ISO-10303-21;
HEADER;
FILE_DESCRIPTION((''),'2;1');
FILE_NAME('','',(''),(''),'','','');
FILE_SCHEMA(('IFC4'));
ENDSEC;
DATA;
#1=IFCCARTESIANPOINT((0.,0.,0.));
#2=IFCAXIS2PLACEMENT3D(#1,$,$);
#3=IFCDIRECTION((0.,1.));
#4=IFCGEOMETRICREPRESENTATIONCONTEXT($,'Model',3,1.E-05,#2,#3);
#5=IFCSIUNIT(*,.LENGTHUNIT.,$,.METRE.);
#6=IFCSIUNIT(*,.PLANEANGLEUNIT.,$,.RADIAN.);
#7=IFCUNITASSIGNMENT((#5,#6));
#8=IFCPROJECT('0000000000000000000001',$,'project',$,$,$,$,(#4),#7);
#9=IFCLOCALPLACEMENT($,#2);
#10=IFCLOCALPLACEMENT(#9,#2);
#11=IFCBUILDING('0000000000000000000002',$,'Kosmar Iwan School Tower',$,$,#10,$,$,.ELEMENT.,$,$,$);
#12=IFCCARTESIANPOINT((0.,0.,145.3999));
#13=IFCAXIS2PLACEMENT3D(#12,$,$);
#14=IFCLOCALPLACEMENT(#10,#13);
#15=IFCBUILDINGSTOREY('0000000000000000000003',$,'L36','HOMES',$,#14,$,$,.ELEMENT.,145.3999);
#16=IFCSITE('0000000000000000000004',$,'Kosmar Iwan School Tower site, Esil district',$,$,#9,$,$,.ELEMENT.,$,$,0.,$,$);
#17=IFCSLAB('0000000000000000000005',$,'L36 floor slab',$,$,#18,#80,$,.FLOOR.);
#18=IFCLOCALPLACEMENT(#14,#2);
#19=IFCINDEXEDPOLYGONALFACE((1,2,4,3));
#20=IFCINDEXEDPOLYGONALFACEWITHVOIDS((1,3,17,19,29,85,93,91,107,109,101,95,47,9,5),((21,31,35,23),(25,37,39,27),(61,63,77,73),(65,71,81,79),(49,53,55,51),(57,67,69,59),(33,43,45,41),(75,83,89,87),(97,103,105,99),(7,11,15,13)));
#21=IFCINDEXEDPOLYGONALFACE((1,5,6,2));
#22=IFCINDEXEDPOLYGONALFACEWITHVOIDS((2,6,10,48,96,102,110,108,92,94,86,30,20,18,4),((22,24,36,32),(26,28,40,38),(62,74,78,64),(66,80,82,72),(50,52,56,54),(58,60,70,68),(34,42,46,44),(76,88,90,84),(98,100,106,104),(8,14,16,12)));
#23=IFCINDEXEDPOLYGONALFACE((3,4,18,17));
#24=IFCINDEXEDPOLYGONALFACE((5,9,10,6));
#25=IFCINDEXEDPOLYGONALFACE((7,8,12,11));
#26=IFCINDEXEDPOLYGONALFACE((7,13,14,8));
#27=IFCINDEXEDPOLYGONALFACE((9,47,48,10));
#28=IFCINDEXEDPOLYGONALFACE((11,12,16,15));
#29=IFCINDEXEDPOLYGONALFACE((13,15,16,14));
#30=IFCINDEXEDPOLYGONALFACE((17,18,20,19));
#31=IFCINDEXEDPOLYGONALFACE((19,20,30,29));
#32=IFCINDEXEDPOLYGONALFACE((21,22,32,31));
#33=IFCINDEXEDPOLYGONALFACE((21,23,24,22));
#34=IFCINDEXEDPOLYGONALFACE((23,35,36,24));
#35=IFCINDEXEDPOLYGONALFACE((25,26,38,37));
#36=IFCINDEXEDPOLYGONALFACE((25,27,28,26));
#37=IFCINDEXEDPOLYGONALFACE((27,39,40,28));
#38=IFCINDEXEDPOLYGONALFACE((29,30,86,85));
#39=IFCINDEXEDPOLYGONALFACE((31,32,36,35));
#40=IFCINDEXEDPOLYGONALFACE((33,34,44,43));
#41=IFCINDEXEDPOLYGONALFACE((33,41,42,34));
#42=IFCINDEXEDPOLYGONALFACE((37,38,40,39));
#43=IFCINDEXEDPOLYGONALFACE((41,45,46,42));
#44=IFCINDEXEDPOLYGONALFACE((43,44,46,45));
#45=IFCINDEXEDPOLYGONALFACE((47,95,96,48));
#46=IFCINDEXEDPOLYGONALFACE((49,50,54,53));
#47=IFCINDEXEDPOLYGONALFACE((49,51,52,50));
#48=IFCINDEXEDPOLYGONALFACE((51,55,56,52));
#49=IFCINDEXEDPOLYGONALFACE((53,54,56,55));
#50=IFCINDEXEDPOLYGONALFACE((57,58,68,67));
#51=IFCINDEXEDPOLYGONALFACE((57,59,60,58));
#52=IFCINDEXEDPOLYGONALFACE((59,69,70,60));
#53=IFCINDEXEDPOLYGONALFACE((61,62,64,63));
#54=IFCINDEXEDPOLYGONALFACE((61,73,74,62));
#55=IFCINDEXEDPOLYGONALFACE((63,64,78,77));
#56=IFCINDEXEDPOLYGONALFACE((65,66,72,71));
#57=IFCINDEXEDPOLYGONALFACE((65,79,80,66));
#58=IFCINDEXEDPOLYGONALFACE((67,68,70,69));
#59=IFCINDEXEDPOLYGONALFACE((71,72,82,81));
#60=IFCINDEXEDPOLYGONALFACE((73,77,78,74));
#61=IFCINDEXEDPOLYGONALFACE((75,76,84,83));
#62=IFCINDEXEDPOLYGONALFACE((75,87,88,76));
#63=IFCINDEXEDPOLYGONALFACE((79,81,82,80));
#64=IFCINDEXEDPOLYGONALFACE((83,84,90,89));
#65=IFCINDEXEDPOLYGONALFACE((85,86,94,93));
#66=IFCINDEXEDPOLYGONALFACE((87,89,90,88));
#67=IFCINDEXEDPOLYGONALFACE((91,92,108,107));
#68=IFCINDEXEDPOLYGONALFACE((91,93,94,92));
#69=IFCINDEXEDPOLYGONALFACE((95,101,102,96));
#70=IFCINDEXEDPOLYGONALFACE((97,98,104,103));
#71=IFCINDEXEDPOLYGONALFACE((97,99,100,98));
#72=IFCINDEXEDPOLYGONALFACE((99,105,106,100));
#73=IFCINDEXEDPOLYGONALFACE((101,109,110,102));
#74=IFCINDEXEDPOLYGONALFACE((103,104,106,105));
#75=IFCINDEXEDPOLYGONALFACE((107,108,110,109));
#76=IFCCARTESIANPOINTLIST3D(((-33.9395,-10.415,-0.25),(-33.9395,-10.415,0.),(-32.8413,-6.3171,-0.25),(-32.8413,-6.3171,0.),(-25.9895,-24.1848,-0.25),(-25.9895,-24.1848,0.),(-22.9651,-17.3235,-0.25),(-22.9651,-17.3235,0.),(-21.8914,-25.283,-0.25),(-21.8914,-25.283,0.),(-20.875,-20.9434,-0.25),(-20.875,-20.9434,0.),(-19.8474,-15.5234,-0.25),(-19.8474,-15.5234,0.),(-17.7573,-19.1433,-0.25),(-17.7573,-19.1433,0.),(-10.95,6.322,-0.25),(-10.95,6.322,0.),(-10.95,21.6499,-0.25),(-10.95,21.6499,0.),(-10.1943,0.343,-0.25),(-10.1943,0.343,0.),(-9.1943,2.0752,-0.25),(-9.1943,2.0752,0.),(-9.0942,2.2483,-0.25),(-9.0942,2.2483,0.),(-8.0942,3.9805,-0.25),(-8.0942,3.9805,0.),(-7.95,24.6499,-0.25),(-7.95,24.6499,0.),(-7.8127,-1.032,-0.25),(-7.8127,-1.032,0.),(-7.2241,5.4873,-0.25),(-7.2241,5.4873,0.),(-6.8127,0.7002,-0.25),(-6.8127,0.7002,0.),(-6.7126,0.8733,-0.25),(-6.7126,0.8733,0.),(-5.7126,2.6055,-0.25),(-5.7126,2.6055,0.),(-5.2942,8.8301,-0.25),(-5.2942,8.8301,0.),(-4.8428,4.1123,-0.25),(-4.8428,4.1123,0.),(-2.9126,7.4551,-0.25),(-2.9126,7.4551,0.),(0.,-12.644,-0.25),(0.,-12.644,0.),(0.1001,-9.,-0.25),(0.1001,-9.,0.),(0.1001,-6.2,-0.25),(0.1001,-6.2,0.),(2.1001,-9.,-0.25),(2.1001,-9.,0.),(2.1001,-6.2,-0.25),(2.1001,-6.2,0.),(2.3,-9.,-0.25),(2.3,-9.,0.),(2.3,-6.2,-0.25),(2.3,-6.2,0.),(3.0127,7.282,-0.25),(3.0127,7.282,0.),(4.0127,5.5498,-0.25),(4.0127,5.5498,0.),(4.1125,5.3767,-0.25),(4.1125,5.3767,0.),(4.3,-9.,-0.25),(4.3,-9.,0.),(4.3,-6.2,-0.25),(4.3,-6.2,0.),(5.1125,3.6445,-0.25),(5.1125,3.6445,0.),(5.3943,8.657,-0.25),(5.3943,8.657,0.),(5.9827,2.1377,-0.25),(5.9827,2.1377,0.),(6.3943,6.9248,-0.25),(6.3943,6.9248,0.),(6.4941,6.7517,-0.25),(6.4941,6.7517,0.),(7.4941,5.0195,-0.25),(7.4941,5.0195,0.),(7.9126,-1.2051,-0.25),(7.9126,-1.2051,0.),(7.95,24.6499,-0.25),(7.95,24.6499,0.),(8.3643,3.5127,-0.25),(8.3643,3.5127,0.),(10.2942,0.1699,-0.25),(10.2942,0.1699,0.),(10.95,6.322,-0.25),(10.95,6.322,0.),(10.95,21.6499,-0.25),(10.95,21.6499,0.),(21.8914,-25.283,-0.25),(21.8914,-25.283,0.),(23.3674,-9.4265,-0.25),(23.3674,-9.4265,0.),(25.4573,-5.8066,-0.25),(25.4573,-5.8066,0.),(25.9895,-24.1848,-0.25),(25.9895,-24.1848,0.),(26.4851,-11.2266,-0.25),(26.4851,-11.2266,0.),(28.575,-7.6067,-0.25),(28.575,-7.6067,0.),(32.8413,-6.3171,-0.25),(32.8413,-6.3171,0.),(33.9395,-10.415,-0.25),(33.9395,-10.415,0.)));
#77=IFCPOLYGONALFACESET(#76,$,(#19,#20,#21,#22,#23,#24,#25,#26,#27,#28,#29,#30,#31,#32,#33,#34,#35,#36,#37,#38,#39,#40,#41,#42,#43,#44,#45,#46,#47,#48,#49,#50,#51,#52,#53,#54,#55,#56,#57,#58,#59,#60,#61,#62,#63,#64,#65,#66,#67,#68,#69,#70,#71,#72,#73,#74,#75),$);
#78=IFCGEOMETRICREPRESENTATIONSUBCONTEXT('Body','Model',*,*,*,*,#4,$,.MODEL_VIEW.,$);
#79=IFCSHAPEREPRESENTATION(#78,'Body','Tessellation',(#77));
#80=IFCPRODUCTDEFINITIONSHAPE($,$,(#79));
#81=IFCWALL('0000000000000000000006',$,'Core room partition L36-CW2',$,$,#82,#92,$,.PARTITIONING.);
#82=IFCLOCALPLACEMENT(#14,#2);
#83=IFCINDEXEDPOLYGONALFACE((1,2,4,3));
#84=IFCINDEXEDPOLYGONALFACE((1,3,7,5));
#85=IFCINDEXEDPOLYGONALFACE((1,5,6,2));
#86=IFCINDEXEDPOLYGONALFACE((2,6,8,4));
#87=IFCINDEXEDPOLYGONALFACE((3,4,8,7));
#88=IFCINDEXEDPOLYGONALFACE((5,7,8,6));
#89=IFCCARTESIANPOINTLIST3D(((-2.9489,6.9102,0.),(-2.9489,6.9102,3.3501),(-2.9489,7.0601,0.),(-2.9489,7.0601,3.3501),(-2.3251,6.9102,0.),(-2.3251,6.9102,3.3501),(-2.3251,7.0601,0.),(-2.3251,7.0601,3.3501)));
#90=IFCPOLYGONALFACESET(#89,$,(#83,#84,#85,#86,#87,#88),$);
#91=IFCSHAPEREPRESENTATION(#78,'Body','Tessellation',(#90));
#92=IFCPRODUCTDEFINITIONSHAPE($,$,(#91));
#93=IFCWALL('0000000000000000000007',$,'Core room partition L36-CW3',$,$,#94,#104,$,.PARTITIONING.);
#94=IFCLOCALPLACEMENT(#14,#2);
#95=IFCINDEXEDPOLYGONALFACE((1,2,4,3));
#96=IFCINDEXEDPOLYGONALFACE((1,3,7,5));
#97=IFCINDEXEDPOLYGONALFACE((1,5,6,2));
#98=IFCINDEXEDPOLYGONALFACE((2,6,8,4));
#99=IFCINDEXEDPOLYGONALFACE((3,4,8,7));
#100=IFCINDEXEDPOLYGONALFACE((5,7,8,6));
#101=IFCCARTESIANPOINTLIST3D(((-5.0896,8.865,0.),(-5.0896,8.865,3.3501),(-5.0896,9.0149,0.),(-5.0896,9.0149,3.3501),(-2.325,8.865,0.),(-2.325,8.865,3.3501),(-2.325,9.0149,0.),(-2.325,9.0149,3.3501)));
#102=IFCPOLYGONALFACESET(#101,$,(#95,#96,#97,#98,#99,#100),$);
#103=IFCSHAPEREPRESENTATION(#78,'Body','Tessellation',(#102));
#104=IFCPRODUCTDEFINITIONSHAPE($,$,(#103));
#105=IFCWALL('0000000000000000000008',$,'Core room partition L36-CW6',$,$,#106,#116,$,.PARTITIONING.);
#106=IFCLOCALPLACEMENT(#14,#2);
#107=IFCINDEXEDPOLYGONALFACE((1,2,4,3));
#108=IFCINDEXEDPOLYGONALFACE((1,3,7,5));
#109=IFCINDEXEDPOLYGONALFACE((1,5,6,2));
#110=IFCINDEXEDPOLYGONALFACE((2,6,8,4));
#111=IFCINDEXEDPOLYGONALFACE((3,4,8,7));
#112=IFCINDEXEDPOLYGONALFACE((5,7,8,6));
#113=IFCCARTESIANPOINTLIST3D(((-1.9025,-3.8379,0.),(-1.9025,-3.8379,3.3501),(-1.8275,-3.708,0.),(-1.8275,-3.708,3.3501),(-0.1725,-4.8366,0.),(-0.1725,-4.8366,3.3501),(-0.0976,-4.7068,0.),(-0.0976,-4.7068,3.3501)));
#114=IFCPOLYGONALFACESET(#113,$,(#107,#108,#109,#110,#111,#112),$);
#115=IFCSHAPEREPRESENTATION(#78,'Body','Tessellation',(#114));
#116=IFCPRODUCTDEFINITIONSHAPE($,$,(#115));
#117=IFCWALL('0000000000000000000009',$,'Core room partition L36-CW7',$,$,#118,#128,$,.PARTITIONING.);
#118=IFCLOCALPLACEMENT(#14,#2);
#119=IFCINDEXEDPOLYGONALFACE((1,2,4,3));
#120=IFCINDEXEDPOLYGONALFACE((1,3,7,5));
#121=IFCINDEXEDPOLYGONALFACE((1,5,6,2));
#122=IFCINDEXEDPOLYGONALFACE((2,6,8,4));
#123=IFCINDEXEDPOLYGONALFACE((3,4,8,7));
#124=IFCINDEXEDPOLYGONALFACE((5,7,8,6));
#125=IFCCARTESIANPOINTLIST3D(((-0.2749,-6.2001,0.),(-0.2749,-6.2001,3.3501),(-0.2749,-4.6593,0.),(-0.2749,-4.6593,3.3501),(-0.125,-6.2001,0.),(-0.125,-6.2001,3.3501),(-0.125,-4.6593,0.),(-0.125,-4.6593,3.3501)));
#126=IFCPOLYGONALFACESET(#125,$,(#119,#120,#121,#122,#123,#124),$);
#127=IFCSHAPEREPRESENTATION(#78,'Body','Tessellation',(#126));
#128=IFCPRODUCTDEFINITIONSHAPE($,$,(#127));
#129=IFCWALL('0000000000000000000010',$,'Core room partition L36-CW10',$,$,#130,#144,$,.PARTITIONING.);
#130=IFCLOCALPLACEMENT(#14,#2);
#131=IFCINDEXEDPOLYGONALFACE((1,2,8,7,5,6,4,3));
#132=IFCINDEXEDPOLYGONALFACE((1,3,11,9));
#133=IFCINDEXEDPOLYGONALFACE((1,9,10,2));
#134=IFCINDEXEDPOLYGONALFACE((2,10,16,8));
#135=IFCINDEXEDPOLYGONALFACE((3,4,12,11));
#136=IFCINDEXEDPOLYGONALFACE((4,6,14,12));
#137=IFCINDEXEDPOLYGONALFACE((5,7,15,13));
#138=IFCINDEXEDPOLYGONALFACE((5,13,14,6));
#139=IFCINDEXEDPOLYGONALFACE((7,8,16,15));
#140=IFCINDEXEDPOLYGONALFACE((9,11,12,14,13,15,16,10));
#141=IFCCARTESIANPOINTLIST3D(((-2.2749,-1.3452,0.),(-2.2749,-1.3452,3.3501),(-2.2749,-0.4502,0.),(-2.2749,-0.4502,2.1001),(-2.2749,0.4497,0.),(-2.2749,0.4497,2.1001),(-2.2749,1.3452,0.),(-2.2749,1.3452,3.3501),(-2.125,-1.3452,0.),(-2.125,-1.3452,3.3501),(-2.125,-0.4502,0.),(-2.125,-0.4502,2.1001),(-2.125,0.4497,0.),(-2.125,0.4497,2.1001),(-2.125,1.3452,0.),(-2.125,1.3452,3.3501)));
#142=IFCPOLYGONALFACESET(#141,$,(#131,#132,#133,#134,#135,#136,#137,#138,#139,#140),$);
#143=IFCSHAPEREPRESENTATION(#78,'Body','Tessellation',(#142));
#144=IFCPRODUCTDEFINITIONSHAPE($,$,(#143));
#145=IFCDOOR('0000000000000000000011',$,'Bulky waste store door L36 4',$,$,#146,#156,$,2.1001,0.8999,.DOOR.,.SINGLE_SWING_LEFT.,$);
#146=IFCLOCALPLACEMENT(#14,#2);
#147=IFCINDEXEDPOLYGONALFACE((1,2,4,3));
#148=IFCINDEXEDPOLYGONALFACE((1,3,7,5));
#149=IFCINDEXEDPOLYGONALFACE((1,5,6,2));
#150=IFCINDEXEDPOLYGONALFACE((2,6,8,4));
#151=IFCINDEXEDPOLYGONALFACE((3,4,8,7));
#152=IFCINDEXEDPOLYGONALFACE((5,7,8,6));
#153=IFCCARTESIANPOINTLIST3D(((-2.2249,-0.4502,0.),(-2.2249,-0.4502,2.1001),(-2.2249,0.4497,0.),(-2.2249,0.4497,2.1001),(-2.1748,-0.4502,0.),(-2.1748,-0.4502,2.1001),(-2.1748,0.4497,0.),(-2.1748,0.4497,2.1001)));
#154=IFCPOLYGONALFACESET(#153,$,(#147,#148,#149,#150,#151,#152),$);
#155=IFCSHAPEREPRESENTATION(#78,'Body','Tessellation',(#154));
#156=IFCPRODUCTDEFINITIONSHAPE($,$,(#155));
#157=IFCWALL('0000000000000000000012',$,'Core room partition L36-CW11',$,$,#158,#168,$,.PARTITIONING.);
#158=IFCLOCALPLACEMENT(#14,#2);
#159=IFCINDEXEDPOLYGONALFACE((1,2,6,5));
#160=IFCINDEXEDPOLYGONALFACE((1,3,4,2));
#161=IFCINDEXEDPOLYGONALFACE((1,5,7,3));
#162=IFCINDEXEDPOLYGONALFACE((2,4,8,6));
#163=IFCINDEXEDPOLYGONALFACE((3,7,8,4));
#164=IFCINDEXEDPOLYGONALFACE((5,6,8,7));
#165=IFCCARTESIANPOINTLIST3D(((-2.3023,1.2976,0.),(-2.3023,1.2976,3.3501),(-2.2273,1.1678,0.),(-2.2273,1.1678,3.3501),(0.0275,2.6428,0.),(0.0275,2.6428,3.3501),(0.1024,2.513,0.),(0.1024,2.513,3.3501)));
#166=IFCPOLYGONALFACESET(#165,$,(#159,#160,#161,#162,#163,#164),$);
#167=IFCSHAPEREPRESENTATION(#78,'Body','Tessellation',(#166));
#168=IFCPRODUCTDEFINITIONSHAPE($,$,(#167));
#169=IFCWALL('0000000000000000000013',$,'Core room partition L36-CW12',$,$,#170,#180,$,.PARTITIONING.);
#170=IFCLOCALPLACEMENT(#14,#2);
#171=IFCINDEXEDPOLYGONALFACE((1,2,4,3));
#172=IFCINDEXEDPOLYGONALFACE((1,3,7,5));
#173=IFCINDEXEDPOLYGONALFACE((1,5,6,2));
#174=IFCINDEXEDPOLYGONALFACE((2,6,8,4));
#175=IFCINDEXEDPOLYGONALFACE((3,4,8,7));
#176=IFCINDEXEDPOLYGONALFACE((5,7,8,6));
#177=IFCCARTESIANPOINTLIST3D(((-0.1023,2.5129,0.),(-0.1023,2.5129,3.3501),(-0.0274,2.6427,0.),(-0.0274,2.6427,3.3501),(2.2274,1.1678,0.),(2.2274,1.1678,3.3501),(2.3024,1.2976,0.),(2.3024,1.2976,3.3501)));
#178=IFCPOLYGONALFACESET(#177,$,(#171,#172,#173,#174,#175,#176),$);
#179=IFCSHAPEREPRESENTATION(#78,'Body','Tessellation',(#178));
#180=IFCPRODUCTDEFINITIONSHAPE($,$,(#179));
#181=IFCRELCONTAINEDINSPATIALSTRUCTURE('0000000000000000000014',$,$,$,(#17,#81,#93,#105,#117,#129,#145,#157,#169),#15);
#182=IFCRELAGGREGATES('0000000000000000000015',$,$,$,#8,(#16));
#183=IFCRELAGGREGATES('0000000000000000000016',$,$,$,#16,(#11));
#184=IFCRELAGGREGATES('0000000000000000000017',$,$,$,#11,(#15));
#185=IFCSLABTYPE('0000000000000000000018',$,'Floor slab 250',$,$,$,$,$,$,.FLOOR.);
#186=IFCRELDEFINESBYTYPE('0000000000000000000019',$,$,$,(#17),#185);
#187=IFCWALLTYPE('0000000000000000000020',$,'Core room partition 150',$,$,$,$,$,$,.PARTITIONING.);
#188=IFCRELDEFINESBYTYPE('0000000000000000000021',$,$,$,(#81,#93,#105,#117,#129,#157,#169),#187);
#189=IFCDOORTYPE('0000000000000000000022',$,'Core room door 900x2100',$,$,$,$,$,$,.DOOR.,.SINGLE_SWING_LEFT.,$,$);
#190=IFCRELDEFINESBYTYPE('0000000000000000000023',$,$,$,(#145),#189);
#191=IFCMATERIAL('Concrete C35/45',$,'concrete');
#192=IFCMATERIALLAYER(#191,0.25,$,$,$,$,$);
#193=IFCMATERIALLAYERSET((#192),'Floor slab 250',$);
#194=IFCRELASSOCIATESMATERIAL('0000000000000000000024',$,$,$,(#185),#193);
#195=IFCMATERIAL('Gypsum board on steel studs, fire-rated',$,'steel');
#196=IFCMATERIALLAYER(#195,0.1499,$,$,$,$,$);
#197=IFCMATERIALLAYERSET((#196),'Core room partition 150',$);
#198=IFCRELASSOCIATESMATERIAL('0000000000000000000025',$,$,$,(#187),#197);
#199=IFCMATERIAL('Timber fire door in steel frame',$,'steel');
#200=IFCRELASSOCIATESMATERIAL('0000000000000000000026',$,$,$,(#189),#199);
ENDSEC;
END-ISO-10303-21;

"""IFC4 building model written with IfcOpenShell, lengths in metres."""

from ifc_helpers import new_model, si_unit, direction, frame, frame_2d, origin, place, context, subcontext, project, spatial, polyline, rectangle, outline, extrude, material, layer, layer_set, type_object, element, fill, save


model = new_model("IFC4")

# Units and contexts
model_context = context("Model", 3, precision=1e-05, world=origin(), true_north=direction((0.0, 1.0)))
body_context = subcontext(model_context, "Body", "Model", "MODEL_VIEW")
ifc_project = project(units=[si_unit("LENGTHUNIT", "METRE"), si_unit("PLANEANGLEUNIT", "RADIAN")], contexts=[model_context])

# Site, building, storey
site_placement = place(None, origin())
site = spatial("IfcSite", under=ifc_project, at=site_placement, Name="Kosmar Iwan School Tower site, Esil district", CompositionType="ELEMENT", RefElevation=0.0)
building_placement = place(site_placement, origin())
building = spatial("IfcBuilding", under=site, at=building_placement, Name="Kosmar Iwan School Tower", CompositionType="ELEMENT")
storey_placement = place(building_placement, frame((0.0, 0.0, 145.3999)))
storey = spatial("IfcBuildingStorey", under=building, at=storey_placement, Name="L36", Description="HOMES", CompositionType="ELEMENT", Elevation=145.3999)

# Slab
ifc_material_1 = material(Name="Concrete C35/45", Category="concrete")
ifc_layer_1 = layer(ifc_material_1, 0.25)
ifc_layer_set_1 = layer_set([ifc_layer_1], Name="Floor slab 250")
slab_type = type_object("IfcSlabType", Name="Floor slab 250", PredefinedType="FLOOR", material=ifc_layer_set_1)
slab_placement = place(storey_placement, frame((0.0, 0.0, -0.25)))
element("IfcSlab", 1, at=slab_placement, inside=storey, type_object=slab_type, Name="L36 floor slab", PredefinedType="FLOOR", context=body_context, shape_type="SweptSolid", body=[
    extrude(outline(polyline([(-21.8914, -25.283), (0.0, -12.644), (21.8914, -25.283), (25.9895, -24.1848), (33.9395, -10.415), (32.8413, -6.3171), (10.95, 6.322), (10.95, 21.6499), (7.95, 24.6499), (-7.95, 24.6499), (-10.95, 21.6499), (-10.95, 6.322), (-32.8413, -6.3171), (-33.9395, -10.415), (-25.9895, -24.1848), (-21.8914, -25.283)]), holes=[polyline([(7.9126, -1.2051), (10.2942, 0.1699), (8.3643, 3.5127), (5.9827, 2.1377), (7.9126, -1.2051)]), polyline([(-2.9126, 7.4551), (-5.2942, 8.8301), (-7.2241, 5.4873), (-4.8428, 4.1123), (-2.9126, 7.4551)]), polyline([(-5.7126, 2.6055), (-8.0942, 3.9805), (-9.0942, 2.2483), (-6.7126, 0.8733), (-5.7126, 2.6055)]), polyline([(-6.8127, 0.7002), (-9.1943, 2.0752), (-10.1943, 0.343), (-7.8127, -1.032), (-6.8127, 0.7002)]), polyline([(5.1125, 3.6445), (7.4941, 5.0195), (6.4941, 6.7517), (4.1125, 5.3767), (5.1125, 3.6445)]), polyline([(4.0127, 5.5498), (6.3943, 6.9248), (5.3943, 8.657), (3.0127, 7.282), (4.0127, 5.5498)]), polyline([(0.1001, -6.2), (0.1001, -9.0), (2.1001, -9.0), (2.1001, -6.2), (0.1001, -6.2)]), polyline([(2.3, -6.2), (2.3, -9.0), (4.3, -9.0), (4.3, -6.2), (2.3, -6.2)]), polyline([(-19.8474, -15.5234), (-22.9651, -17.3235), (-20.875, -20.9434), (-17.7573, -19.1433), (-19.8474, -15.5234)]), polyline([(23.3674, -9.4265), (26.4851, -11.2266), (28.575, -7.6067), (25.4573, -5.8066), (23.3674, -9.4265)])]), origin(), (0.0, 0.0, 1.0), 0.25),
])

# Walls
ifc_material_2 = material(Name="Gypsum board on steel studs, fire-rated", Category="steel")
ifc_layer_2 = layer(ifc_material_2, 0.1499)
ifc_layer_set_2 = layer_set([ifc_layer_2], Name="Core room partition 150")
wall_type_1 = type_object("IfcWallType", Name="Core room partition 150", PredefinedType="PARTITIONING", material=ifc_layer_set_2)
wall_1_placement = place(storey_placement, frame((-2.325, 6.9851, 0.0), z_axis=(0.0, 0.0, 1.0), x_axis=(-1.0, 0.0, 0.0)))
element("IfcWall", 2, at=wall_1_placement, inside=storey, type_object=wall_type_1, Name="Core room partition L36-CW2", PredefinedType="PARTITIONING", context=body_context, shape_type="SweptSolid", body=[
    extrude(rectangle(XDim=0.6238, YDim=0.1499, at=frame_2d((0.312, 0.0))), origin(), (0.0, 0.0, 1.0), 3.3501),
])
wall_2_placement = place(storey_placement, frame((-5.0896, 8.9399, 0.0), z_axis=(0.0, 0.0, 1.0), x_axis=(1.0, 0.0, 0.0)))
element("IfcWall", 3, at=wall_2_placement, inside=storey, type_object=wall_type_1, Name="Core room partition L36-CW3", PredefinedType="PARTITIONING", context=body_context, shape_type="SweptSolid", body=[
    extrude(rectangle(XDim=2.7646, YDim=0.1499, at=frame_2d((1.3823, 0.0))), origin(), (0.0, 0.0, 1.0), 3.3501),
])
wall_3_placement = place(storey_placement, frame((-1.865, -3.7729, 0.0), z_axis=(0.0, 0.0, 1.0), x_axis=(0.866031, -0.49999, 0.0)))
element("IfcWall", 4, at=wall_3_placement, inside=storey, type_object=wall_type_1, Name="Core room partition L36-CW6", PredefinedType="PARTITIONING", context=body_context, shape_type="SweptSolid", body=[
    extrude(rectangle(XDim=1.9976, YDim=0.1499, at=frame_2d((0.9988, 0.0))), origin(), (0.0, 0.0, 1.0), 3.3501),
])
wall_4_placement = place(storey_placement, frame((-0.2, -4.6592, 0.0), z_axis=(0.0, 0.0, 1.0), x_axis=(0.0, -1.0, 0.0)))
element("IfcWall", 5, at=wall_4_placement, inside=storey, type_object=wall_type_1, Name="Core room partition L36-CW7", PredefinedType="PARTITIONING", context=body_context, shape_type="SweptSolid", body=[
    extrude(rectangle(XDim=1.5408, YDim=0.1499, at=frame_2d((0.7705, 0.0))), origin(), (0.0, 0.0, 1.0), 3.3501),
])

# Wall, opening, door
wall_5_placement = place(storey_placement, frame((-2.2, -1.3452, 0.0), z_axis=(0.0, 0.0, 1.0), x_axis=(0.0, 1.0, 0.0)))
wall_5 = element("IfcWall", 6, at=wall_5_placement, inside=storey, type_object=wall_type_1, Name="Core room partition L36-CW10", PredefinedType="PARTITIONING", context=body_context, shape_type="SweptSolid", body=[
    extrude(rectangle(XDim=2.6904, YDim=0.1499, at=frame_2d((1.3452, 0.0))), origin(), (0.0, 0.0, 1.0), 3.3501),
])
opening_1_placement = place(wall_5_placement, frame((0.895, 0.0, 0.0)))
opening_1 = element("IfcOpeningElement", 7, at=opening_1_placement, cuts=wall_5, PredefinedType="OPENING", context=body_context, shape_type="SweptSolid", body=[
    extrude(rectangle(XDim=0.8999, YDim=2.1001, at=frame_2d((0.45, 1.05))), frame((0.0, 0.0869, 0.0), z_axis=(0.0, -1.0, 0.0), x_axis=(1.0, 0.0, 0.0)), (0.0, 0.0, 1.0), 0.1738),
])
ifc_material_3 = material(Name="Timber fire door in steel frame", Category="steel")
door_type_1 = type_object("IfcDoorType", Name="Core room door 900x2100", OperationType="SINGLE_SWING_LEFT", PredefinedType="DOOR", material=ifc_material_3)
door_1_placement = place(opening_1_placement, origin())
door_1 = element("IfcDoor", 8, at=door_1_placement, inside=storey, type_object=door_type_1, Name="Bulky waste store door L36 4", OperationType="SINGLE_SWING_LEFT", OverallHeight=2.1001, OverallWidth=0.8999, PredefinedType="DOOR", context=body_context, shape_type="SweptSolid", body=[
    extrude(rectangle(XDim=0.8999, YDim=2.1001, at=frame_2d((0.45, 1.05))), frame((0.0, 0.0249, 0.0), z_axis=(0.0, -1.0, 0.0), x_axis=(1.0, 0.0, 0.0)), (0.0, 0.0, 1.0), 0.05),
])
fill(opening_1, door_1)

# Walls
for number, where, z_axis, x_axis, name in (
    (9, (-2.2649, 1.2327, 0.0), (0.0, 0.0, 1.0), (0.866012, 0.500024, 0.0), "Core room partition L36-CW11"),
    (10, (-0.0649, 2.5779, 0.0), (0.0, 0.0, 1.0), (0.866012, -0.500024, 0.0), "Core room partition L36-CW12"),
):
    element("IfcWall", number, at=place(storey_placement, frame(where, z_axis=z_axis, x_axis=x_axis)), inside=storey, type_object=wall_type_1, Name=name, PredefinedType="PARTITIONING", context=body_context, shape_type="SweptSolid", body=[
        extrude(rectangle(XDim=2.6902, YDim=0.1499, at=frame_2d((1.3452, 0.0))), origin(), (0.0, 0.0, 1.0), 3.3501),
    ])

save(model, "model.ifc")
